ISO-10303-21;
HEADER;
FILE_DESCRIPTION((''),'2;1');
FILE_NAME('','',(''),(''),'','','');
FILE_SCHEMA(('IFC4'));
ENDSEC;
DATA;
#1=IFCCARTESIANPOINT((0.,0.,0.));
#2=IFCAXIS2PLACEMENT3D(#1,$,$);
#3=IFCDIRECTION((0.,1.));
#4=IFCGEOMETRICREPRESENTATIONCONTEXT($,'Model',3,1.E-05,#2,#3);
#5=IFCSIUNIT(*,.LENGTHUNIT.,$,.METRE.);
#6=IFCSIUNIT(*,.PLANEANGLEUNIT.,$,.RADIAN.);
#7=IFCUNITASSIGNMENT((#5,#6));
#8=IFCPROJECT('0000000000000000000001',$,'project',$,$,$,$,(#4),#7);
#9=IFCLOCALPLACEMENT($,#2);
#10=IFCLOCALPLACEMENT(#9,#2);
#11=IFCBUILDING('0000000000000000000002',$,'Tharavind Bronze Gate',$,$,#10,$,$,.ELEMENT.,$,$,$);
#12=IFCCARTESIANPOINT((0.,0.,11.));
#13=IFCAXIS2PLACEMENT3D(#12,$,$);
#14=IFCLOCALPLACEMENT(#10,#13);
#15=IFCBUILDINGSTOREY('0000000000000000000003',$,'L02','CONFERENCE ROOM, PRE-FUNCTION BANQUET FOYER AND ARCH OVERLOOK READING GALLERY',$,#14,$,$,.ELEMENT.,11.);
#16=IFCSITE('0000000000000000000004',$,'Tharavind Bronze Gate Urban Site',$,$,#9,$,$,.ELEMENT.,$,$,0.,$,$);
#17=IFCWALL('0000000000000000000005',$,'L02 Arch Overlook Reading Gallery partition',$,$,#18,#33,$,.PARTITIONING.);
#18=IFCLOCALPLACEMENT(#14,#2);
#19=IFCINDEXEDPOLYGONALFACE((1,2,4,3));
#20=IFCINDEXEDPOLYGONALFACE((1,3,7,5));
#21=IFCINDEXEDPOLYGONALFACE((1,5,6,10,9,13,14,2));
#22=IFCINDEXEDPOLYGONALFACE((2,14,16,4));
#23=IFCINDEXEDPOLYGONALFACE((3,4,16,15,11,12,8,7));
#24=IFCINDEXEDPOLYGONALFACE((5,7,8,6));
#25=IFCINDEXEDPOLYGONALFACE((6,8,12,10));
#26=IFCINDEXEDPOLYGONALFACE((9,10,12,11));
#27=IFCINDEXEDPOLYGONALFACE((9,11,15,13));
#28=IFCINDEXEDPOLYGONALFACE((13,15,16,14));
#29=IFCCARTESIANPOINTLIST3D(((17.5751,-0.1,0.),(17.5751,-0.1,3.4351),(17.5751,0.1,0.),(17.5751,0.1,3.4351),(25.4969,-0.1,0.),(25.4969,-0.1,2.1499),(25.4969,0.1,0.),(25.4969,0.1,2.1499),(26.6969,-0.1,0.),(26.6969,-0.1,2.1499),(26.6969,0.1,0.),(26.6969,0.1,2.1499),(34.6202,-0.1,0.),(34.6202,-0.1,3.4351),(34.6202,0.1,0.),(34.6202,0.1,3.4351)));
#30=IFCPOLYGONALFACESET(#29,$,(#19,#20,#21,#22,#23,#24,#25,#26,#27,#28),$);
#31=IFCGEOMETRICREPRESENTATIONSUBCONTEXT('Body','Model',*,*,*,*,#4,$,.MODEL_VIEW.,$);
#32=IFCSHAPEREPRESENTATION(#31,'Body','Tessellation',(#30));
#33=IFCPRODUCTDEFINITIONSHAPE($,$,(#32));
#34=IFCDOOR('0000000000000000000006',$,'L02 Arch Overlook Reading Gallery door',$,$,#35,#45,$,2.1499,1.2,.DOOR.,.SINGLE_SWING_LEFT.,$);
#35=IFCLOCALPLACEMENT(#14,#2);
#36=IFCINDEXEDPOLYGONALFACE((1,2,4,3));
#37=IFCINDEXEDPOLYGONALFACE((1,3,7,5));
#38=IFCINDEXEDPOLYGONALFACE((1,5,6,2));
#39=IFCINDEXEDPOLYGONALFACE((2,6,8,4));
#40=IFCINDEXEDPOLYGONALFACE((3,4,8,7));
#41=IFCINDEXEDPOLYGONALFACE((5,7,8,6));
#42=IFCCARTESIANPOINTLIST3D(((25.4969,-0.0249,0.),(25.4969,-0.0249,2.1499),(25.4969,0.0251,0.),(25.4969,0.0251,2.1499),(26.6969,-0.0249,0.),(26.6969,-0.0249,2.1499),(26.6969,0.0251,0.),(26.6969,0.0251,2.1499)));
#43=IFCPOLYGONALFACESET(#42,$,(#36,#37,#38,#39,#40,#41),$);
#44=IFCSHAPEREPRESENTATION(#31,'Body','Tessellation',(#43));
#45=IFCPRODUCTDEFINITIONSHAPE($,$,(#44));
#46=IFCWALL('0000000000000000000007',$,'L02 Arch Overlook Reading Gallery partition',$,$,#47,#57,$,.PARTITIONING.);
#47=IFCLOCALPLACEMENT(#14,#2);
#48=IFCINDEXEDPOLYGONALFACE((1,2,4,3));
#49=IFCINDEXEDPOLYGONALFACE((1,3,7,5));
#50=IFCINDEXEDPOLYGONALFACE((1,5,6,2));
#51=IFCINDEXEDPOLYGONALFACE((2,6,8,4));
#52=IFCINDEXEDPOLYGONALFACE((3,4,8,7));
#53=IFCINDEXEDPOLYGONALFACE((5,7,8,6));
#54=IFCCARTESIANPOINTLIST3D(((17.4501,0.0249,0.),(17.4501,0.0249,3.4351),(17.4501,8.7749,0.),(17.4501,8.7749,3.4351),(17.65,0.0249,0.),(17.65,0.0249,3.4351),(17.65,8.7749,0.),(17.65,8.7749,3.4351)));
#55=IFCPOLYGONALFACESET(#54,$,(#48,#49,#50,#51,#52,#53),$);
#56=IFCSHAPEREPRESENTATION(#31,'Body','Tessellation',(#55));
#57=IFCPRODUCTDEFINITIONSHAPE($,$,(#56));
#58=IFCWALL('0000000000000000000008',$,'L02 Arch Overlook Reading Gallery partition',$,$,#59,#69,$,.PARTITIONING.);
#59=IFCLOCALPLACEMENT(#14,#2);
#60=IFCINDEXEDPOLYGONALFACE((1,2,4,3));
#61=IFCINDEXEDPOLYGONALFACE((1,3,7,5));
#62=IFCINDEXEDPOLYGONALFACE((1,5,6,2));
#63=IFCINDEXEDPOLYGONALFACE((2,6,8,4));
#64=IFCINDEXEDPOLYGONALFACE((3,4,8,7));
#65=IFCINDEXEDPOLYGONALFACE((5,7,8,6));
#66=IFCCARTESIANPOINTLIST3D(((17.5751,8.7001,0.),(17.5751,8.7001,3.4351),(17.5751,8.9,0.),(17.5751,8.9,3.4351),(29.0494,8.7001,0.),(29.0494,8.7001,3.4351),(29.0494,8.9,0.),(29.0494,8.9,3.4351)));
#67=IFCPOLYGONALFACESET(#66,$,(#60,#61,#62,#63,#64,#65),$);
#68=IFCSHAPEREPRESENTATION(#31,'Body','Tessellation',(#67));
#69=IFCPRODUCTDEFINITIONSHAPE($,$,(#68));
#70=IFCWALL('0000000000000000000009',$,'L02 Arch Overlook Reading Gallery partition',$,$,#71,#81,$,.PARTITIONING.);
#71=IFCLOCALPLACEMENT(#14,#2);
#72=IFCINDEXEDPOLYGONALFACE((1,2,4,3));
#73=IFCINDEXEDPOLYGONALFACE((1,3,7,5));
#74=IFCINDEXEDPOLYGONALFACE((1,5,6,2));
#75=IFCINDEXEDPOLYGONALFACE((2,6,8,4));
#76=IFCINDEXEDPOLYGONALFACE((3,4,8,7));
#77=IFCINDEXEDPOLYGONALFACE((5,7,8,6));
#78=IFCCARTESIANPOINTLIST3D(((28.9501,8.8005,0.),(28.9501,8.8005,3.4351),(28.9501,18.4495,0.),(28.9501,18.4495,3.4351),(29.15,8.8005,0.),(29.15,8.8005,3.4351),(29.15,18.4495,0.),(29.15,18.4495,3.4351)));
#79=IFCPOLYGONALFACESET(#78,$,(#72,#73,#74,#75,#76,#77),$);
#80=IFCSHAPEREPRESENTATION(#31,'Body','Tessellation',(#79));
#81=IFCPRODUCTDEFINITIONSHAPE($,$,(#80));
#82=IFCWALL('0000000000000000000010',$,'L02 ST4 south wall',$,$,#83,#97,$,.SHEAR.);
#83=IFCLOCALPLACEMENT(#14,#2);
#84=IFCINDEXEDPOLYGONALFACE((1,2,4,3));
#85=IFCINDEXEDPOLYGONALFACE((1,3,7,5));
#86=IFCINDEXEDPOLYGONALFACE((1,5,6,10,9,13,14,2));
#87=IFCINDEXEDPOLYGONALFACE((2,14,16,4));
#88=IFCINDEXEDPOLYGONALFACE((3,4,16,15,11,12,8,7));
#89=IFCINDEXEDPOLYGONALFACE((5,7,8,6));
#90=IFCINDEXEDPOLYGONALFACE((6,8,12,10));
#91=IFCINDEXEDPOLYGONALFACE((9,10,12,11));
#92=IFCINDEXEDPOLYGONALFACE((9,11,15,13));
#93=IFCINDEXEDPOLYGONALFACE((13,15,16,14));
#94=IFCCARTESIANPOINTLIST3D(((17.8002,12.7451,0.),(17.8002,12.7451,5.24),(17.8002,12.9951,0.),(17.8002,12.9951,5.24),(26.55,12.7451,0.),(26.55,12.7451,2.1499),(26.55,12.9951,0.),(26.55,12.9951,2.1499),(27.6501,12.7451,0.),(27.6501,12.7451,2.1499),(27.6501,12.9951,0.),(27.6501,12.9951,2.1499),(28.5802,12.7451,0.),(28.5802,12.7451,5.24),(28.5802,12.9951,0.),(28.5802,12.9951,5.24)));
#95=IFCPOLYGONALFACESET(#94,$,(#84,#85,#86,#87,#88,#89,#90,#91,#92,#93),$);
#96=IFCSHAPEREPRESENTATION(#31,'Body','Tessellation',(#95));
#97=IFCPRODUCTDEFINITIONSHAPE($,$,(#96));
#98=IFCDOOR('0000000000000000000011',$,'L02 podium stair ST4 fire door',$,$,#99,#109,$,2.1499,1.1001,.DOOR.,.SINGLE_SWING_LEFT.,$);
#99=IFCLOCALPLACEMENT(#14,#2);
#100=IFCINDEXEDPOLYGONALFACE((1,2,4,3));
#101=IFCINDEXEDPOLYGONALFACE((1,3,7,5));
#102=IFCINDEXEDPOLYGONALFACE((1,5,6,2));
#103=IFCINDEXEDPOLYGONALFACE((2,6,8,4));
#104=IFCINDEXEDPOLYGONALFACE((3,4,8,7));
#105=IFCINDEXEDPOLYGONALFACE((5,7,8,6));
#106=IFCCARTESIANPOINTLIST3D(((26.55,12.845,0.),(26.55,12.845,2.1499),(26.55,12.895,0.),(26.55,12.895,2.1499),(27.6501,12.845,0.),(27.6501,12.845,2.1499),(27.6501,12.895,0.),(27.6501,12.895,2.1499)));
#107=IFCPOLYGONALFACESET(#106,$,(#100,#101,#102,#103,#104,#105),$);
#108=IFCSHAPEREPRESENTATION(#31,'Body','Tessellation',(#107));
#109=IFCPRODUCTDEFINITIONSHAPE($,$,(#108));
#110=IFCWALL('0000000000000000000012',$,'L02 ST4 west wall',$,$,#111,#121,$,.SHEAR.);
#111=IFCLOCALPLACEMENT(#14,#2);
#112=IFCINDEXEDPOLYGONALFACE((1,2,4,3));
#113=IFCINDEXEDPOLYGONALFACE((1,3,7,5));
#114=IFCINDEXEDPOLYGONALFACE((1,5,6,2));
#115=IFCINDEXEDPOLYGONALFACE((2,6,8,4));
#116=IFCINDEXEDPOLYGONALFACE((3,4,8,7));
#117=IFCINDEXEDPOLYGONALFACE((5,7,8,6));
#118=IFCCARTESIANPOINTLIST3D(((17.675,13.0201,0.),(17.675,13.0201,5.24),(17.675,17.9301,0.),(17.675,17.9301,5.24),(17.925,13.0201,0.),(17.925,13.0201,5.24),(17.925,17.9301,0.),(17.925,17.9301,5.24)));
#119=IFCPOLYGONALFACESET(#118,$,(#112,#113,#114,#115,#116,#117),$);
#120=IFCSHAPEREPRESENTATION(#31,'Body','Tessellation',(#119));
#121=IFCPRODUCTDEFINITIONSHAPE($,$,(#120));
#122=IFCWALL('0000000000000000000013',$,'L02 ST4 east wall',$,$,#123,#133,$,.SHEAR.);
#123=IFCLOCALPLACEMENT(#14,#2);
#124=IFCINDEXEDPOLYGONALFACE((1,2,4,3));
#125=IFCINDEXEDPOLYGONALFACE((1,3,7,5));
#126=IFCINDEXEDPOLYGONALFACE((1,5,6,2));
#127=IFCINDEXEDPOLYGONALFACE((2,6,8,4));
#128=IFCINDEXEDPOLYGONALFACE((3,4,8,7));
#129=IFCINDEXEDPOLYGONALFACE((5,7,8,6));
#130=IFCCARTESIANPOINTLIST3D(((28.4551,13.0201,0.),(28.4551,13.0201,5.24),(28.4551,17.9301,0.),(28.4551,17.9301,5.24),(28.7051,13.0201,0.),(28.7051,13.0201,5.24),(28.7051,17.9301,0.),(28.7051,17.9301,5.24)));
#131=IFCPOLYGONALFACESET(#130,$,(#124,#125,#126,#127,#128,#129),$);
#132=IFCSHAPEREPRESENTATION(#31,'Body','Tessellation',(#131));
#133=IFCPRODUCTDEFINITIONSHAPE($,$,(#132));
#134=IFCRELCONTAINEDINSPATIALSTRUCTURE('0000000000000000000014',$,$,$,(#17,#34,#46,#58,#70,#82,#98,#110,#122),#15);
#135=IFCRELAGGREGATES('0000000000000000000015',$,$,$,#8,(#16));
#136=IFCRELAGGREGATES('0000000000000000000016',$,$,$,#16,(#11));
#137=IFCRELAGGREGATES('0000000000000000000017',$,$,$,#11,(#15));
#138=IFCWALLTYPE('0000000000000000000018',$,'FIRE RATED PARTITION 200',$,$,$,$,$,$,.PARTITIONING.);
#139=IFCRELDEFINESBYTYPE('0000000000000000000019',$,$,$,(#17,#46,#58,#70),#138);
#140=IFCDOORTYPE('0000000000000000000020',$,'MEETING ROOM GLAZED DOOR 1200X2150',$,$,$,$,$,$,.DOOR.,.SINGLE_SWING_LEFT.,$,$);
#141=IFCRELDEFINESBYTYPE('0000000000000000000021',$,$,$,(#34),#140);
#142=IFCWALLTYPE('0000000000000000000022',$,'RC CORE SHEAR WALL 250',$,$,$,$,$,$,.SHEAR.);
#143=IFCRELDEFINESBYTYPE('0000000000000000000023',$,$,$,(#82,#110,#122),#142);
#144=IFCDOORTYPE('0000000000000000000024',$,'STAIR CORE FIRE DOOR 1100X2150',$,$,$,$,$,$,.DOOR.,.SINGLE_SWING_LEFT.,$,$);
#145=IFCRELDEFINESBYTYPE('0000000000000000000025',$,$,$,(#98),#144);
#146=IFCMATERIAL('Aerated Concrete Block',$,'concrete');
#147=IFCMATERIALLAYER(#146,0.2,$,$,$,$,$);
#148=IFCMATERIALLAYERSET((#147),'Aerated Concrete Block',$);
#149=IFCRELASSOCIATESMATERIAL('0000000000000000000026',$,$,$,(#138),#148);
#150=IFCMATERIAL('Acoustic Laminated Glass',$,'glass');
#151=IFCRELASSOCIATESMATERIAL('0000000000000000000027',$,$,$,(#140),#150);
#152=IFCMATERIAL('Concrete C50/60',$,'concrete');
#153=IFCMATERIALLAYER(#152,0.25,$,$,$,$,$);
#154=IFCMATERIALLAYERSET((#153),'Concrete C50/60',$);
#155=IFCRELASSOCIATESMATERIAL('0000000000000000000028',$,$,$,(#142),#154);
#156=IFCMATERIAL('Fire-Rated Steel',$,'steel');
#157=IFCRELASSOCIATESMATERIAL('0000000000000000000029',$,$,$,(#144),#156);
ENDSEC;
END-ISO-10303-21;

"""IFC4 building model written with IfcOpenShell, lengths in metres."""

from ifc_helpers import new_model, si_unit, direction, frame, frame_2d, origin, place, context, subcontext, project, spatial, rectangle, extrude, material, layer, layer_set, type_object, element, fill, save


model = new_model("IFC4")

# Units and contexts
model_context = context("Model", 3, precision=1e-05, world=origin(), true_north=direction((0.0, 1.0)))
body_context = subcontext(model_context, "Body", "Model", "MODEL_VIEW")
ifc_project = project(units=[si_unit("LENGTHUNIT", "METRE"), si_unit("PLANEANGLEUNIT", "RADIAN")], contexts=[model_context])

# Site, building, storey
site_placement = place(None, origin())
site = spatial("IfcSite", under=ifc_project, at=site_placement, Name="Tharavind Bronze Gate Urban Site", CompositionType="ELEMENT", RefElevation=0.0)
building_placement = place(site_placement, origin())
building = spatial("IfcBuilding", under=site, at=building_placement, Name="Tharavind Bronze Gate", CompositionType="ELEMENT")
storey_placement = place(building_placement, frame((0.0, 0.0, 11.0)))
storey = spatial("IfcBuildingStorey", under=building, at=storey_placement, Name="L02", Description="CONFERENCE ROOM, PRE-FUNCTION BANQUET FOYER AND ARCH OVERLOOK READING GALLERY", CompositionType="ELEMENT", Elevation=11.0)

# Shared definitions
ifc_material_1 = material(Name="Aerated Concrete Block", Category="concrete")
ifc_layer_1 = layer(ifc_material_1, 0.2)
ifc_layer_set_1 = layer_set([ifc_layer_1], Name="Aerated Concrete Block")
wall_type_1 = type_object("IfcWallType", Name="FIRE RATED PARTITION 200", PredefinedType="PARTITIONING", material=ifc_layer_set_1)

# Wall, opening, door
wall_1_placement = place(storey_placement, frame((34.6201, 0.0, 0.0), z_axis=(0.0, 0.0, 1.0), x_axis=(-1.0, 0.0, 0.0)))
wall_1 = element("IfcWall", 1, at=wall_1_placement, inside=storey, type_object=wall_type_1, Name="L02 Arch Overlook Reading Gallery partition", PredefinedType="PARTITIONING", context=body_context, shape_type="SweptSolid", body=[
    extrude(rectangle(XDim=17.0452, YDim=0.2, at=frame_2d((8.5225, 0.0))), origin(), (0.0, 0.0, 1.0), 3.4351),
])
opening_1_placement = place(wall_1_placement, frame((7.9231, 0.0, 0.0)))
opening_1 = element("IfcOpeningElement", 2, at=opening_1_placement, cuts=wall_1, PredefinedType="OPENING", context=body_context, shape_type="SweptSolid", body=[
    extrude(rectangle(XDim=1.2, YDim=2.1499, at=frame_2d((0.6001, 1.075))), frame((0.0, 0.1101, 0.0), z_axis=(0.0, -1.0, 0.0), x_axis=(1.0, 0.0, 0.0)), (0.0, 0.0, 1.0), 0.22),
])
ifc_material_2 = material(Name="Acoustic Laminated Glass", Category="glass")
door_type_1 = type_object("IfcDoorType", Name="MEETING ROOM GLAZED DOOR 1200X2150", OperationType="SINGLE_SWING_LEFT", PredefinedType="DOOR", material=ifc_material_2)
door_1_placement = place(opening_1_placement, origin())
door_1 = element("IfcDoor", 3, at=door_1_placement, inside=storey, type_object=door_type_1, Name="L02 Arch Overlook Reading Gallery door", OperationType="SINGLE_SWING_LEFT", OverallHeight=2.1499, OverallWidth=1.2, PredefinedType="DOOR", context=body_context, shape_type="SweptSolid", body=[
    extrude(rectangle(XDim=1.2, YDim=2.1499, at=frame_2d((0.6001, 1.075))), frame((0.0, 0.0249, 0.0), z_axis=(0.0, -1.0, 0.0), x_axis=(1.0, 0.0, 0.0)), (0.0, 0.0, 1.0), 0.05),
])
fill(opening_1, door_1)

# Walls
wall_2_placement = place(storey_placement, frame((17.55, 0.0249, 0.0), z_axis=(0.0, 0.0, 1.0), x_axis=(0.0, 1.0, 0.0)))
element("IfcWall", 4, at=wall_2_placement, inside=storey, type_object=wall_type_1, Name="L02 Arch Overlook Reading Gallery partition", PredefinedType="PARTITIONING", context=body_context, shape_type="SweptSolid", body=[
    extrude(rectangle(XDim=8.75, YDim=0.2, at=frame_2d((4.375, 0.0))), origin(), (0.0, 0.0, 1.0), 3.4351),
])
wall_3_placement = place(storey_placement, frame((17.575, 8.8, 0.0), z_axis=(0.0, 0.0, 1.0), x_axis=(1.0, 0.0, 0.0)))
element("IfcWall", 5, at=wall_3_placement, inside=storey, type_object=wall_type_1, Name="L02 Arch Overlook Reading Gallery partition", PredefinedType="PARTITIONING", context=body_context, shape_type="SweptSolid", body=[
    extrude(rectangle(XDim=11.4744, YDim=0.2, at=frame_2d((5.7373, 0.0))), origin(), (0.0, 0.0, 1.0), 3.4351),
])
wall_4_placement = place(storey_placement, frame((29.05, 8.8005, 0.0), z_axis=(0.0, 0.0, 1.0), x_axis=(0.0, 1.0, 0.0)))
element("IfcWall", 6, at=wall_4_placement, inside=storey, type_object=wall_type_1, Name="L02 Arch Overlook Reading Gallery partition", PredefinedType="PARTITIONING", context=body_context, shape_type="SweptSolid", body=[
    extrude(rectangle(XDim=9.6489, YDim=0.2, at=frame_2d((4.8245, 0.0))), origin(), (0.0, 0.0, 1.0), 3.4351),
])

# Wall, opening, door
ifc_material_3 = material(Name="Concrete C50/60", Category="concrete")
ifc_layer_2 = layer(ifc_material_3, 0.25)
ifc_layer_set_2 = layer_set([ifc_layer_2], Name="Concrete C50/60")
wall_type_2 = type_object("IfcWallType", Name="RC CORE SHEAR WALL 250", PredefinedType="SHEAR", material=ifc_layer_set_2)
wall_5_placement = place(storey_placement, frame((17.8, 12.8701, 0.0), z_axis=(0.0, 0.0, 1.0), x_axis=(1.0, 0.0, 0.0)))
wall_5 = element("IfcWall", 7, at=wall_5_placement, inside=storey, type_object=wall_type_2, Name="L02 ST4 south wall", PredefinedType="SHEAR", context=body_context, shape_type="SweptSolid", body=[
    extrude(rectangle(XDim=10.78, YDim=0.25, at=frame_2d((5.3901, 0.0))), origin(), (0.0, 0.0, 1.0), 5.24),
])
opening_2_placement = place(wall_5_placement, frame((8.75, 0.0, 0.0)))
opening_2 = element("IfcOpeningElement", 8, at=opening_2_placement, cuts=wall_5, PredefinedType="OPENING", context=body_context, shape_type="SweptSolid", body=[
    extrude(rectangle(XDim=1.1001, YDim=2.1499, at=frame_2d((0.55, 1.075))), frame((0.0, 0.135, 0.0), z_axis=(0.0, -1.0, 0.0), x_axis=(1.0, 0.0, 0.0)), (0.0, 0.0, 1.0), 0.27),
])
ifc_material_4 = material(Name="Fire-Rated Steel", Category="steel")
door_type_2 = type_object("IfcDoorType", Name="STAIR CORE FIRE DOOR 1100X2150", OperationType="SINGLE_SWING_LEFT", PredefinedType="DOOR", material=ifc_material_4)
door_2_placement = place(opening_2_placement, origin())
door_2 = element("IfcDoor", 9, at=door_2_placement, inside=storey, type_object=door_type_2, Name="L02 podium stair ST4 fire door", OperationType="SINGLE_SWING_LEFT", OverallHeight=2.1499, OverallWidth=1.1001, PredefinedType="DOOR", context=body_context, shape_type="SweptSolid", body=[
    extrude(rectangle(XDim=1.1001, YDim=2.1499, at=frame_2d((0.55, 1.075))), frame((0.0, 0.0249, 0.0), z_axis=(0.0, -1.0, 0.0), x_axis=(1.0, 0.0, 0.0)), (0.0, 0.0, 1.0), 0.05),
])
fill(opening_2, door_2)

# Walls
for number, where, z_axis, x_axis, name in (
    (10, (17.8, 13.02, 0.0), (0.0, 0.0, 1.0), (0.0, 1.0, 0.0), "L02 ST4 west wall"),
    (11, (28.5801, 13.02, 0.0), (0.0, 0.0, 1.0), (0.0, 1.0, 0.0), "L02 ST4 east wall"),
):
    element("IfcWall", number, at=place(storey_placement, frame(where, z_axis=z_axis, x_axis=x_axis)), inside=storey, type_object=wall_type_2, Name=name, PredefinedType="SHEAR", context=body_context, shape_type="SweptSolid", body=[
        extrude(rectangle(XDim=4.9099, YDim=0.25, at=frame_2d((2.4551, 0.0))), origin(), (0.0, 0.0, 1.0), 5.24),
    ])

save(model, "model.ifc")
